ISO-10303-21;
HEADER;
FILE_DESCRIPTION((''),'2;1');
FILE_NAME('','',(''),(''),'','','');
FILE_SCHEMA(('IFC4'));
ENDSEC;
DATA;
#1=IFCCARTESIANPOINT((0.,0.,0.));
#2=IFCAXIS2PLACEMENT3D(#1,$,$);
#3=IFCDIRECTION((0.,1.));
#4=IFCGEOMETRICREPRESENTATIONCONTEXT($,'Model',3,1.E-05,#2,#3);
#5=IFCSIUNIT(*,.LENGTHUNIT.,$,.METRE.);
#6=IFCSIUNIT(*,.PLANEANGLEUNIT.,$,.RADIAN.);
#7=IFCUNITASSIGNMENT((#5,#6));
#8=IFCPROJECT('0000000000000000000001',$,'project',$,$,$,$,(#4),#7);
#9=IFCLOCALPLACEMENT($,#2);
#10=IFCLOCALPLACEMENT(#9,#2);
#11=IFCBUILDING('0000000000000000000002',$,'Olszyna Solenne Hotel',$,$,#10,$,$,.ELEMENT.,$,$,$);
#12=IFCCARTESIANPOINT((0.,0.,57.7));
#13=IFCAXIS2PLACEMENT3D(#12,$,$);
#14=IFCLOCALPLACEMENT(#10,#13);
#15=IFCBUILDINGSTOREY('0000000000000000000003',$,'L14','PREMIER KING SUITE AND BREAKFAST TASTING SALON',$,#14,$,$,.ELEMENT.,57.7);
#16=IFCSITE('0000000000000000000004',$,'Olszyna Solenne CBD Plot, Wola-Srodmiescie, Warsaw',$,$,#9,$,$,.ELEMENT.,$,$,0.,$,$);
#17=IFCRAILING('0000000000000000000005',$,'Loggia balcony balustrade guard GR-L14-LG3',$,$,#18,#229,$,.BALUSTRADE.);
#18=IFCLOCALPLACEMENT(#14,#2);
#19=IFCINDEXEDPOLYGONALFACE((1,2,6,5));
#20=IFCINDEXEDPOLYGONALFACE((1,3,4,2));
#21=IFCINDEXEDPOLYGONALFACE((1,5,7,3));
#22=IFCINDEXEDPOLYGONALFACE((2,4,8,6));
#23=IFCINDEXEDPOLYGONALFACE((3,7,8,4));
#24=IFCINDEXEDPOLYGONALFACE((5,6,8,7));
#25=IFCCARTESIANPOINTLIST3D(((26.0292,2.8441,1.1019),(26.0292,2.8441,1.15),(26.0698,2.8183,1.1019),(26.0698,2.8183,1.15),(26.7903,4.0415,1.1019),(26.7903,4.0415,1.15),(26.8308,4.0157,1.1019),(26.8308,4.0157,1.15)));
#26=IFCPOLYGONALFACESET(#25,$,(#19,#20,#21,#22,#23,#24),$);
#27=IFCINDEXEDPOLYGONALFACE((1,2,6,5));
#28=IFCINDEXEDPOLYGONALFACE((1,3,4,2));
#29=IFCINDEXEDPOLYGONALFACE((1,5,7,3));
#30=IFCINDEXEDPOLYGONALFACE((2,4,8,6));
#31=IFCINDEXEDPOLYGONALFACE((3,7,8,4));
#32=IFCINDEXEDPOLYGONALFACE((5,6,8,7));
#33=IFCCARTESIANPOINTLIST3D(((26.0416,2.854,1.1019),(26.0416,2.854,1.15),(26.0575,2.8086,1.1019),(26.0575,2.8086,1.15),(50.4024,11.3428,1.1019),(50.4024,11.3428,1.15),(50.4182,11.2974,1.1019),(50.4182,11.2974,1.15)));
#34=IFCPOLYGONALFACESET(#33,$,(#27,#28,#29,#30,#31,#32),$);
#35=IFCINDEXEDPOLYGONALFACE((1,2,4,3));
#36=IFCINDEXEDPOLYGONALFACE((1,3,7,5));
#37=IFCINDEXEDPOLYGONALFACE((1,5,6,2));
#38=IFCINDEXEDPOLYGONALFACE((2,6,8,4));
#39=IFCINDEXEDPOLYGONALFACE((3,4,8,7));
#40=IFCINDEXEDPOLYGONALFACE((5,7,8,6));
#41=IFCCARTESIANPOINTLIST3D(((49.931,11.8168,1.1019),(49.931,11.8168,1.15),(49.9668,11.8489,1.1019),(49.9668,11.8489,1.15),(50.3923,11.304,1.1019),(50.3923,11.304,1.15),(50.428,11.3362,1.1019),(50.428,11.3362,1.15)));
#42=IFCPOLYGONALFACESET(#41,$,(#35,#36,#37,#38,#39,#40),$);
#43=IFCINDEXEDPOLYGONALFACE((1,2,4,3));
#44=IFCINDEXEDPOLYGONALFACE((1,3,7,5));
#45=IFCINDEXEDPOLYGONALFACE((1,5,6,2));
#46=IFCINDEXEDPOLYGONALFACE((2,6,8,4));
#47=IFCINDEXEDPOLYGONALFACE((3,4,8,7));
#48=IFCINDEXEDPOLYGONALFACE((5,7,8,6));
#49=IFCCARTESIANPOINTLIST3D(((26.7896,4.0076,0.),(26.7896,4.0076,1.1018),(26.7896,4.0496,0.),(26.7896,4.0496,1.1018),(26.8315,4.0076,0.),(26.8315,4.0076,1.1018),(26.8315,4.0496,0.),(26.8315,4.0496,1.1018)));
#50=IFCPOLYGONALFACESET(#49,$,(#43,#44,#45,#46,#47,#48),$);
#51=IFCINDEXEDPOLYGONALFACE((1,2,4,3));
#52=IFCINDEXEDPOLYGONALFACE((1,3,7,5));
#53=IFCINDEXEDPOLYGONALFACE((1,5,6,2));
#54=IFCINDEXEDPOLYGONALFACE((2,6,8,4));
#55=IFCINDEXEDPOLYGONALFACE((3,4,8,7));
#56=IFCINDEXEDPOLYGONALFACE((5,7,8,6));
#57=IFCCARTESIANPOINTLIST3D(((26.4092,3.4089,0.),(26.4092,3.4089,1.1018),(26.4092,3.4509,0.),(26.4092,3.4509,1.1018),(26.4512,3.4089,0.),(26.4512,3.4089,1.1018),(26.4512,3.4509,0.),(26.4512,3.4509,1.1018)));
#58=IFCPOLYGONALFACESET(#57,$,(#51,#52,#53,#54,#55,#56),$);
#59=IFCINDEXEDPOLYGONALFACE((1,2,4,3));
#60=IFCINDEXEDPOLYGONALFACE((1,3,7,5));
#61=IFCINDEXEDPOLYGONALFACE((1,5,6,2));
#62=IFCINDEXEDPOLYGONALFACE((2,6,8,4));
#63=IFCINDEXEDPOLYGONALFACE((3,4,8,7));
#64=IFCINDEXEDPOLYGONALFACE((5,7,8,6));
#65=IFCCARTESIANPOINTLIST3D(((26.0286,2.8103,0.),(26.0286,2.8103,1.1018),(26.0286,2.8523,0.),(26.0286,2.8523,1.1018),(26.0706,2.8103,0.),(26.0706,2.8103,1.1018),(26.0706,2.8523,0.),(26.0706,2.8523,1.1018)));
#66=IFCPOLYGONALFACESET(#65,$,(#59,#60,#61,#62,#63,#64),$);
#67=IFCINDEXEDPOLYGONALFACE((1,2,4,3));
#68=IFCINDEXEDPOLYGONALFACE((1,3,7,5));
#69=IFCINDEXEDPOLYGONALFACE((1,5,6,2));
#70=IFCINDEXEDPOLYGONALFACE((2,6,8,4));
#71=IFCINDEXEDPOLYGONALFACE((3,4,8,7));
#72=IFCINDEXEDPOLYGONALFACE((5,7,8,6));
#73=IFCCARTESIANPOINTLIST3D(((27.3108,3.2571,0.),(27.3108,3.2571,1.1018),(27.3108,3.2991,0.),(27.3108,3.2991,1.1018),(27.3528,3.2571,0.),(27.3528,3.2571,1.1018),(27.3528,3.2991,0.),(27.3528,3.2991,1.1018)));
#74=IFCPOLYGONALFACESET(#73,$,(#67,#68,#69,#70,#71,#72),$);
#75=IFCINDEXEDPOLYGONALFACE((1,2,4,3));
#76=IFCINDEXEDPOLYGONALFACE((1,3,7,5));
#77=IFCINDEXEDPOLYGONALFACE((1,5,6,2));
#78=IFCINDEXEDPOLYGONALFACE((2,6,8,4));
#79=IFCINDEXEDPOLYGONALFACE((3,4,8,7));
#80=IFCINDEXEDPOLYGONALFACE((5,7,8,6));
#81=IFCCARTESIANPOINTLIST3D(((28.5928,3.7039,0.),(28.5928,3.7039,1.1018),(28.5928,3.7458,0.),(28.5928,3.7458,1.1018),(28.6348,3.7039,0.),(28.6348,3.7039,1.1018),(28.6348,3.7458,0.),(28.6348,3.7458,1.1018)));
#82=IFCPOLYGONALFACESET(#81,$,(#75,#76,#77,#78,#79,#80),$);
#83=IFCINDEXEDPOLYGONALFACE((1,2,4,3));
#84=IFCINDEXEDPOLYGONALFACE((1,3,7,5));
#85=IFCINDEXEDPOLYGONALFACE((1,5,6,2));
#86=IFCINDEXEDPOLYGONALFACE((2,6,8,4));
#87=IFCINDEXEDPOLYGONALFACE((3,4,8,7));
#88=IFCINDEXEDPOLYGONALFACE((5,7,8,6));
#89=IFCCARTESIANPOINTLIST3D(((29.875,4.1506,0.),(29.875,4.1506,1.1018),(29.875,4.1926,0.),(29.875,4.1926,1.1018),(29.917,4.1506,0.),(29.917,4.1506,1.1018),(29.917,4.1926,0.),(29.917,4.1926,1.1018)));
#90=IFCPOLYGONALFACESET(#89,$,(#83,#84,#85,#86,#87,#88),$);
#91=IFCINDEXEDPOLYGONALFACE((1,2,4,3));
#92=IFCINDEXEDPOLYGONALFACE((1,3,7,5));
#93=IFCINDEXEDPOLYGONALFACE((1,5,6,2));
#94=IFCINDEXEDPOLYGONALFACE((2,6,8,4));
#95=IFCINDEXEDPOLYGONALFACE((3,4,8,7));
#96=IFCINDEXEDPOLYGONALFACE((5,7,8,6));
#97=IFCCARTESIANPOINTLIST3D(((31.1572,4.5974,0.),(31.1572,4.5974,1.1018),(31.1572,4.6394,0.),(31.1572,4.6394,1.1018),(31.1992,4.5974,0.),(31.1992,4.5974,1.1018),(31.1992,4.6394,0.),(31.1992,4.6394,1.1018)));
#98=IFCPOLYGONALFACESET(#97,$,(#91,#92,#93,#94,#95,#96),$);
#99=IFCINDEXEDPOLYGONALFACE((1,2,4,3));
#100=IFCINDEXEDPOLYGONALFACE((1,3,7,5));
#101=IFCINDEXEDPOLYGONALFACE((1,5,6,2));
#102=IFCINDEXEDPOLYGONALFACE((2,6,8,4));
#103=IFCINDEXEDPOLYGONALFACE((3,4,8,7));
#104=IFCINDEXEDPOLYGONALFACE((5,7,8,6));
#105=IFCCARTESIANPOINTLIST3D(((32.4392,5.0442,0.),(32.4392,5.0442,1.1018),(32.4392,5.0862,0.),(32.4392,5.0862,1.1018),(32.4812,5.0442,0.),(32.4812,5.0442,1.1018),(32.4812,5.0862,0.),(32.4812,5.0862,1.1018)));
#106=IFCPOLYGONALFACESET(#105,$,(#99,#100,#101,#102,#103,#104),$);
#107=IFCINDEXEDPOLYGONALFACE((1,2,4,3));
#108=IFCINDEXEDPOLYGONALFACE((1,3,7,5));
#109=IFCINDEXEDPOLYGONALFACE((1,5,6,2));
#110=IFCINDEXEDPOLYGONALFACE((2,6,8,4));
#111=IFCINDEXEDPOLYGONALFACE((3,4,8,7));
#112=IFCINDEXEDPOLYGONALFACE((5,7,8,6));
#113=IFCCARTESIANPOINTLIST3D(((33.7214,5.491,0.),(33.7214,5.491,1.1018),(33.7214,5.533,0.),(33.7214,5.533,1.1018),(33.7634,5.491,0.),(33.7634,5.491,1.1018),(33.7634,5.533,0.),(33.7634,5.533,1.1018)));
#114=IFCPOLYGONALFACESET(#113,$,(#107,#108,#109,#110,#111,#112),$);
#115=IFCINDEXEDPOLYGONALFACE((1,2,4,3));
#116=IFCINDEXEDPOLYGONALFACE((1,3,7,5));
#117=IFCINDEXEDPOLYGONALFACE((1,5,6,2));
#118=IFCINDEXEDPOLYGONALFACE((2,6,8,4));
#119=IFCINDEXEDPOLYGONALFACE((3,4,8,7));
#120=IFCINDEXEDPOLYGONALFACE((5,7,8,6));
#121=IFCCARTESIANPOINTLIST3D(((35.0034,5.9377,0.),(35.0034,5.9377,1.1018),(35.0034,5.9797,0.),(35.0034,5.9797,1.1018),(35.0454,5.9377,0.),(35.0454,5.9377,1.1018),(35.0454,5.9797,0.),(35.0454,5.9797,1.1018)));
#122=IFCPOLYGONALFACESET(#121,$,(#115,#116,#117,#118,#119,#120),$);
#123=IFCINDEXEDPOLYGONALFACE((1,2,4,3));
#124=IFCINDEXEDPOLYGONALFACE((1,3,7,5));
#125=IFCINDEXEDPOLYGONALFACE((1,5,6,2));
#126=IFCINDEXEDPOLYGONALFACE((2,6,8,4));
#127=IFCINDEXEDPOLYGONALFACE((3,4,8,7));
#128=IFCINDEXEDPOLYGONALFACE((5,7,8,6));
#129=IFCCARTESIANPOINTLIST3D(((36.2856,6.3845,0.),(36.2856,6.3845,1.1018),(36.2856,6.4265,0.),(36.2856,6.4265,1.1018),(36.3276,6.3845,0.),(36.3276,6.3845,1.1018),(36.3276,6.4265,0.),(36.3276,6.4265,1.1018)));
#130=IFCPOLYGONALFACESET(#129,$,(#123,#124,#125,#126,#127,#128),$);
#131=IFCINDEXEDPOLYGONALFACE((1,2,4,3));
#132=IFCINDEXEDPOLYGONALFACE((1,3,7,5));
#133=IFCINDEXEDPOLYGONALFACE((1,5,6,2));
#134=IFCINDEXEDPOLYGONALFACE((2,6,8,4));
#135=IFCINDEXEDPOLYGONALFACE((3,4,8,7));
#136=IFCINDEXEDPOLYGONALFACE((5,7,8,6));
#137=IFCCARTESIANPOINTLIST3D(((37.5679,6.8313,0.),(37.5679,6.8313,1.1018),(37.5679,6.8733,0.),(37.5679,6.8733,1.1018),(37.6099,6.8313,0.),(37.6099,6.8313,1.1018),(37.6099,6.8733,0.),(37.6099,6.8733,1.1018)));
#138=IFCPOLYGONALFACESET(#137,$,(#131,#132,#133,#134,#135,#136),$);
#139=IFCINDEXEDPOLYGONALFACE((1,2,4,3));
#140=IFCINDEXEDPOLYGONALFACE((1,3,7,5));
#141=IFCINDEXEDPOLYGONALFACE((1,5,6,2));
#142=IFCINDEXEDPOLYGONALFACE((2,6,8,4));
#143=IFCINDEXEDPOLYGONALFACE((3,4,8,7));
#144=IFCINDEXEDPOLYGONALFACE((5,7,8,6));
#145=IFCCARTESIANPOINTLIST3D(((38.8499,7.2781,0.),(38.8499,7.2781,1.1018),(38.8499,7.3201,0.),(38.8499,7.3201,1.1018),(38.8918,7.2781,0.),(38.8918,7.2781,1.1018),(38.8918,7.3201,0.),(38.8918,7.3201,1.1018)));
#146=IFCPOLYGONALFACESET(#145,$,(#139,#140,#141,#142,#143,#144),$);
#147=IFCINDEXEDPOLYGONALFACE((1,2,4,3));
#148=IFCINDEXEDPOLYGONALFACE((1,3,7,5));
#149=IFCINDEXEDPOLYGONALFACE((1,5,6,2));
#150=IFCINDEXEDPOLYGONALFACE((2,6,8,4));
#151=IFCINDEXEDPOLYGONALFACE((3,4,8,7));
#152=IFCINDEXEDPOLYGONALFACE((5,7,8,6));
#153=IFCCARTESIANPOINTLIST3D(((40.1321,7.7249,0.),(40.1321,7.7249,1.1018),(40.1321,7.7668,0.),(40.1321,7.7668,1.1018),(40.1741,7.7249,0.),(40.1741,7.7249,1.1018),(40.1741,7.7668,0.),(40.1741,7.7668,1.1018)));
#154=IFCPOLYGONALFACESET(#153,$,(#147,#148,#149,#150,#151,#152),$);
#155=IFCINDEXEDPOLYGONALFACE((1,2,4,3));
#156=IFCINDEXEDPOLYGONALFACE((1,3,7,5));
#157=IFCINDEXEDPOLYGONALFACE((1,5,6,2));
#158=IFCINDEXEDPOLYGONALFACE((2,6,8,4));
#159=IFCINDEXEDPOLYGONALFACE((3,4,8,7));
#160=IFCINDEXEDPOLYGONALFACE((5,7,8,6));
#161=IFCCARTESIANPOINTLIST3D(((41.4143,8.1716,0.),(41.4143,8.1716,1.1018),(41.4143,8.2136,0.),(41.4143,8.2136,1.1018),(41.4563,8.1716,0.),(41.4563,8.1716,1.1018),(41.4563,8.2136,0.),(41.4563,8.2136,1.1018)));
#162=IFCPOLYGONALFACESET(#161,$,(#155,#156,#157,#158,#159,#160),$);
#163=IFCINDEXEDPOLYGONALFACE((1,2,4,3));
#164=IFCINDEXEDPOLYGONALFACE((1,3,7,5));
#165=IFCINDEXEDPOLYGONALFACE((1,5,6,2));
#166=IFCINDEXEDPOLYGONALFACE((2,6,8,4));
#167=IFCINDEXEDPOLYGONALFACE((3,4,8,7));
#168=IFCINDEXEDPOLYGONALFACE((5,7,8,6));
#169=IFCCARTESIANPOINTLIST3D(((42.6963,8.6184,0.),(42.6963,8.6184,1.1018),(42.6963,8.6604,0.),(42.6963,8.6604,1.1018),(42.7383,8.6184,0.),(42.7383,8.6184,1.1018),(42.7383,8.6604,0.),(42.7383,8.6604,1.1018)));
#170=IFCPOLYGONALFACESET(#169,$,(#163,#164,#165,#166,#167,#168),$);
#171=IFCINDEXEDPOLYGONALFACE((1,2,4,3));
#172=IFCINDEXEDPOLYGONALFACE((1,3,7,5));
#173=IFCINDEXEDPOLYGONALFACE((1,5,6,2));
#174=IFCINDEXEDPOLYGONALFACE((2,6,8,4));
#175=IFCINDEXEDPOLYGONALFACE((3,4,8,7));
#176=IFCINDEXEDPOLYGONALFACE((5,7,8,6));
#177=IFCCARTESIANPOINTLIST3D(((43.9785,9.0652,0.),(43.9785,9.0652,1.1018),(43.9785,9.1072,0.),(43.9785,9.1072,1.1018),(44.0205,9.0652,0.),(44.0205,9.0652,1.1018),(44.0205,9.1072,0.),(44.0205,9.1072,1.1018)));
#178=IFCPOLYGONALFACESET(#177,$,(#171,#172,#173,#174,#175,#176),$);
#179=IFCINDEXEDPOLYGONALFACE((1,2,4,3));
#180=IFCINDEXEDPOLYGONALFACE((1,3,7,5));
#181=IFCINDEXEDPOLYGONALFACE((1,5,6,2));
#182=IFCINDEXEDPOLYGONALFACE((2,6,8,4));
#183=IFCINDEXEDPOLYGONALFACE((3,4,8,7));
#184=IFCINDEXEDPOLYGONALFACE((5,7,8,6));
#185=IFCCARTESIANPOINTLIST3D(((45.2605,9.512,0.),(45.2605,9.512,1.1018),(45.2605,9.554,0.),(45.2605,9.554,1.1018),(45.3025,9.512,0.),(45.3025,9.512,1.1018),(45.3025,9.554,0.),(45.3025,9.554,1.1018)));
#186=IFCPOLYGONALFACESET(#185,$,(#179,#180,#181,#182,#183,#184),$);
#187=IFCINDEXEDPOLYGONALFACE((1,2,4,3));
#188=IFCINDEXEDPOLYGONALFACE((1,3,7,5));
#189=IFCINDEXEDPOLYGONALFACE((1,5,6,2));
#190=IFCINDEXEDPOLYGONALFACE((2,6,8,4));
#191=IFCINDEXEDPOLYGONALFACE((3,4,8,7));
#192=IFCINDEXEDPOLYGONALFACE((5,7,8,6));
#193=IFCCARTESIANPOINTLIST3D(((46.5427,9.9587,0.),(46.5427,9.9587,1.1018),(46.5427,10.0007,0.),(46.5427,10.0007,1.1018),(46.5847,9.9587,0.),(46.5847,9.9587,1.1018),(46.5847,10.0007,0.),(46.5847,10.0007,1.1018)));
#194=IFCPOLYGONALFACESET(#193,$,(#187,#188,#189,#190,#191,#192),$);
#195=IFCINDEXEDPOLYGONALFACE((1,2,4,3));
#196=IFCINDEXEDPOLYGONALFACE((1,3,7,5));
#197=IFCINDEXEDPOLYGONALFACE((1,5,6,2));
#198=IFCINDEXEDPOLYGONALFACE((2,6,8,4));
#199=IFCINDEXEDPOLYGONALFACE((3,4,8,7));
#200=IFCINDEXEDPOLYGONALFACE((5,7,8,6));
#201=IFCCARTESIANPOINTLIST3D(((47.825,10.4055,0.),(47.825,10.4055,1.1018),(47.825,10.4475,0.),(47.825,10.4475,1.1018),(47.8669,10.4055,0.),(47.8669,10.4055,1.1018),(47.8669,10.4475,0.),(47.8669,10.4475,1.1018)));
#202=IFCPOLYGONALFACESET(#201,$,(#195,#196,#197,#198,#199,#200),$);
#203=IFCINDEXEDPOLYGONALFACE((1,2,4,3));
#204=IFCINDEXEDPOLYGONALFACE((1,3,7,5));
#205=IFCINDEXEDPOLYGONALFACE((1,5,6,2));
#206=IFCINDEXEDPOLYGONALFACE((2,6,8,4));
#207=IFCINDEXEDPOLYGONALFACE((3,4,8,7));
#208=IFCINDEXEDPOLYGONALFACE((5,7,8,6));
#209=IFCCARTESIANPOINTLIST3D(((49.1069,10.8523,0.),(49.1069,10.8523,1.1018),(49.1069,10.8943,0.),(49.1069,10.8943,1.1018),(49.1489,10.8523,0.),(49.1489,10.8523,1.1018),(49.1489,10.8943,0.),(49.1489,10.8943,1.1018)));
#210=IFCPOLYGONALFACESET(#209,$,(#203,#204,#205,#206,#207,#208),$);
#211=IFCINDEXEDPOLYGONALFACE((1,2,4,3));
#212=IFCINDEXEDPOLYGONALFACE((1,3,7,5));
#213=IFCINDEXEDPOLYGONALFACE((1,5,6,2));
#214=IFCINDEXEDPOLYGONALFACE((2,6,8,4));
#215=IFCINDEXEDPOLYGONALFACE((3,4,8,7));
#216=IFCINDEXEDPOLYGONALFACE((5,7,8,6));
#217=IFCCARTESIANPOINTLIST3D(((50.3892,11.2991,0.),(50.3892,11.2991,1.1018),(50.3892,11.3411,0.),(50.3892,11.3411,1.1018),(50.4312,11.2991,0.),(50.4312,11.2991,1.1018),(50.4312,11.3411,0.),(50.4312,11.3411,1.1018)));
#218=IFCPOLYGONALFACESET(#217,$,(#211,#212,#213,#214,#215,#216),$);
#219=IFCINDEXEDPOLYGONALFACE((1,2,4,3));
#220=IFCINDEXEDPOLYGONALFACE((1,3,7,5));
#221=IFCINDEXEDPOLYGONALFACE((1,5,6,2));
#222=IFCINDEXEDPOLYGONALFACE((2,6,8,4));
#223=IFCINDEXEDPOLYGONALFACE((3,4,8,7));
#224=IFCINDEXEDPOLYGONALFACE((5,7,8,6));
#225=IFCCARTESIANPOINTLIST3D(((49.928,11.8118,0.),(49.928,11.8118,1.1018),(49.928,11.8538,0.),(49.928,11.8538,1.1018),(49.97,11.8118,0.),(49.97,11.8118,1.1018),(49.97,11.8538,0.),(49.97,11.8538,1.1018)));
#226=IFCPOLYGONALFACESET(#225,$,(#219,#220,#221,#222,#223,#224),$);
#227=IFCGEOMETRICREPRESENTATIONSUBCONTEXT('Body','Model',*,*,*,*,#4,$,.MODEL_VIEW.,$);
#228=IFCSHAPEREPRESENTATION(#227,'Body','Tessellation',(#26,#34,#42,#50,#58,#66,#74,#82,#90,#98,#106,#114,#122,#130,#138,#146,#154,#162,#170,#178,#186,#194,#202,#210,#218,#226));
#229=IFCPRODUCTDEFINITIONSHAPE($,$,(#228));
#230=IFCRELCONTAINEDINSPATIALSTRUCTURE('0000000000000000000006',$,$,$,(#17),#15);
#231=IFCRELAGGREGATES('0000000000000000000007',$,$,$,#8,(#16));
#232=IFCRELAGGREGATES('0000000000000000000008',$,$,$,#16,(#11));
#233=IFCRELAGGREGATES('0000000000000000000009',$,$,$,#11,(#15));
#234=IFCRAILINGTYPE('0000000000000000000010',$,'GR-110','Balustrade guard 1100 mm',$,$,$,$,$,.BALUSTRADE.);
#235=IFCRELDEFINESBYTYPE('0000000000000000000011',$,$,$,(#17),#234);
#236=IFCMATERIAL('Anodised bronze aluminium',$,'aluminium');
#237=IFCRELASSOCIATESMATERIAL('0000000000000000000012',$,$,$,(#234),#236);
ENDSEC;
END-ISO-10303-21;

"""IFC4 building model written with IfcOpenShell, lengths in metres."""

from ifc_helpers import new_model, si_unit, direction, frame, origin, origin_2d, place, context, subcontext, project, spatial, rectangle, extrude, material, type_object, element, save


model = new_model("IFC4")

# Units and contexts
model_context = context("Model", 3, precision=1e-05, world=origin(), true_north=direction((0.0, 1.0)))
body_context = subcontext(model_context, "Body", "Model", "MODEL_VIEW")
ifc_project = project(units=[si_unit("LENGTHUNIT", "METRE"), si_unit("PLANEANGLEUNIT", "RADIAN")], contexts=[model_context])

# Site, building, storey
site_placement = place(None, origin())
site = spatial("IfcSite", under=ifc_project, at=site_placement, Name="Olszyna Solenne CBD Plot, Wola-Srodmiescie, Warsaw", CompositionType="ELEMENT", RefElevation=0.0)
building_placement = place(site_placement, origin())
building = spatial("IfcBuilding", under=site, at=building_placement, Name="Olszyna Solenne Hotel", CompositionType="ELEMENT")
storey_placement = place(building_placement, frame((0.0, 0.0, 57.7)))
storey = spatial("IfcBuildingStorey", under=building, at=storey_placement, Name="L14", Description="PREMIER KING SUITE AND BREAKFAST TASTING SALON", CompositionType="ELEMENT", Elevation=57.7)

# Railing
ifc_material_1 = material(Name="Anodised bronze aluminium", Category="aluminium")
railing_type = type_object("IfcRailingType", Name="GR-110", Description="Balustrade guard 1100 mm", PredefinedType="BALUSTRADE", material=ifc_material_1)
railing_placement = place(storey_placement, frame((26.8105, 4.0286, 0.0)))
element("IfcRailing", 1, at=railing_placement, inside=storey, type_object=railing_type, Name="Loggia balcony balustrade guard GR-L14-LG3", PredefinedType="BALUSTRADE", context=body_context, shape_type="SweptSolid", body=[
    extrude(rectangle(XDim=0.0481, YDim=0.0481, at=origin_2d()), frame((0.0, 0.0, 1.126), z_axis=(-0.536419, -0.843952, 0.0), x_axis=(0.843952, -0.536419, 0.0)), (0.0, 0.0, 1.0), 1.4187),
    extrude(rectangle(XDim=0.0481, YDim=0.0481, at=origin_2d()), frame((-0.761, -1.1973, 1.126), z_axis=(0.94431, 0.329057, 0.0), x_axis=(-0.329057, 0.94431, 0.0)), (0.0, 0.0, 1.0), 25.7974),
    extrude(rectangle(XDim=0.0481, YDim=0.0481, at=origin_2d()), frame((23.5996, 7.2915, 1.126), z_axis=(-0.668769, 0.74347, 0.0), x_axis=(-0.74347, -0.668769, 0.0)), (0.0, 0.0, 1.0), 0.6897),
    extrude(rectangle(XDim=0.042, YDim=0.042, at=origin_2d()), origin(), (0.0, 0.0, 1.0), 1.1018),
    extrude(rectangle(XDim=0.042, YDim=0.042, at=origin_2d()), frame((-0.3804, -0.5986, 0.0)), (0.0, 0.0, 1.0), 1.1018),
    extrude(rectangle(XDim=0.042, YDim=0.042, at=origin_2d()), frame((-0.761, -1.1973, 0.0)), (0.0, 0.0, 1.0), 1.1018),
    extrude(rectangle(XDim=0.042, YDim=0.042, at=origin_2d()), frame((0.5212, -0.7505, 0.0)), (0.0, 0.0, 1.0), 1.1018),
    extrude(rectangle(XDim=0.042, YDim=0.042, at=origin_2d()), frame((1.8032, -0.3037, 0.0)), (0.0, 0.0, 1.0), 1.1018),
    extrude(rectangle(XDim=0.042, YDim=0.042, at=origin_2d()), frame((3.0854, 0.1431, 0.0)), (0.0, 0.0, 1.0), 1.1018),
    extrude(rectangle(XDim=0.042, YDim=0.042, at=origin_2d()), frame((4.3677, 0.5898, 0.0)), (0.0, 0.0, 1.0), 1.1018),
    extrude(rectangle(XDim=0.042, YDim=0.042, at=origin_2d()), frame((5.6497, 1.0366, 0.0)), (0.0, 0.0, 1.0), 1.1018),
    extrude(rectangle(XDim=0.042, YDim=0.042, at=origin_2d()), frame((6.9319, 1.4834, 0.0)), (0.0, 0.0, 1.0), 1.1018),
    extrude(rectangle(XDim=0.042, YDim=0.042, at=origin_2d()), frame((8.2139, 1.9302, 0.0)), (0.0, 0.0, 1.0), 1.1018),
    extrude(rectangle(XDim=0.042, YDim=0.042, at=origin_2d()), frame((9.4961, 2.377, 0.0)), (0.0, 0.0, 1.0), 1.1018),
    extrude(rectangle(XDim=0.042, YDim=0.042, at=origin_2d()), frame((10.7783, 2.8237, 0.0)), (0.0, 0.0, 1.0), 1.1018),
    extrude(rectangle(XDim=0.042, YDim=0.042, at=origin_2d()), frame((12.0603, 3.2705, 0.0)), (0.0, 0.0, 1.0), 1.1018),
    extrude(rectangle(XDim=0.042, YDim=0.042, at=origin_2d()), frame((13.3425, 3.7173, 0.0)), (0.0, 0.0, 1.0), 1.1018),
    extrude(rectangle(XDim=0.042, YDim=0.042, at=origin_2d()), frame((14.6248, 4.1641, 0.0)), (0.0, 0.0, 1.0), 1.1018),
    extrude(rectangle(XDim=0.042, YDim=0.042, at=origin_2d()), frame((15.9067, 4.6108, 0.0)), (0.0, 0.0, 1.0), 1.1018),
    extrude(rectangle(XDim=0.042, YDim=0.042, at=origin_2d()), frame((17.189, 5.0576, 0.0)), (0.0, 0.0, 1.0), 1.1018),
    extrude(rectangle(XDim=0.042, YDim=0.042, at=origin_2d()), frame((18.4709, 5.5044, 0.0)), (0.0, 0.0, 1.0), 1.1018),
    extrude(rectangle(XDim=0.042, YDim=0.042, at=origin_2d()), frame((19.7532, 5.9512, 0.0)), (0.0, 0.0, 1.0), 1.1018),
    extrude(rectangle(XDim=0.042, YDim=0.042, at=origin_2d()), frame((21.0354, 6.3979, 0.0)), (0.0, 0.0, 1.0), 1.1018),
    extrude(rectangle(XDim=0.042, YDim=0.042, at=origin_2d()), frame((22.3174, 6.8447, 0.0)), (0.0, 0.0, 1.0), 1.1018),
    extrude(rectangle(XDim=0.042, YDim=0.042, at=origin_2d()), frame((23.5996, 7.2915, 0.0)), (0.0, 0.0, 1.0), 1.1018),
    extrude(rectangle(XDim=0.042, YDim=0.042, at=origin_2d()), frame((23.1384, 7.8042, 0.0)), (0.0, 0.0, 1.0), 1.1018),
])

save(model, "model.ifc")
